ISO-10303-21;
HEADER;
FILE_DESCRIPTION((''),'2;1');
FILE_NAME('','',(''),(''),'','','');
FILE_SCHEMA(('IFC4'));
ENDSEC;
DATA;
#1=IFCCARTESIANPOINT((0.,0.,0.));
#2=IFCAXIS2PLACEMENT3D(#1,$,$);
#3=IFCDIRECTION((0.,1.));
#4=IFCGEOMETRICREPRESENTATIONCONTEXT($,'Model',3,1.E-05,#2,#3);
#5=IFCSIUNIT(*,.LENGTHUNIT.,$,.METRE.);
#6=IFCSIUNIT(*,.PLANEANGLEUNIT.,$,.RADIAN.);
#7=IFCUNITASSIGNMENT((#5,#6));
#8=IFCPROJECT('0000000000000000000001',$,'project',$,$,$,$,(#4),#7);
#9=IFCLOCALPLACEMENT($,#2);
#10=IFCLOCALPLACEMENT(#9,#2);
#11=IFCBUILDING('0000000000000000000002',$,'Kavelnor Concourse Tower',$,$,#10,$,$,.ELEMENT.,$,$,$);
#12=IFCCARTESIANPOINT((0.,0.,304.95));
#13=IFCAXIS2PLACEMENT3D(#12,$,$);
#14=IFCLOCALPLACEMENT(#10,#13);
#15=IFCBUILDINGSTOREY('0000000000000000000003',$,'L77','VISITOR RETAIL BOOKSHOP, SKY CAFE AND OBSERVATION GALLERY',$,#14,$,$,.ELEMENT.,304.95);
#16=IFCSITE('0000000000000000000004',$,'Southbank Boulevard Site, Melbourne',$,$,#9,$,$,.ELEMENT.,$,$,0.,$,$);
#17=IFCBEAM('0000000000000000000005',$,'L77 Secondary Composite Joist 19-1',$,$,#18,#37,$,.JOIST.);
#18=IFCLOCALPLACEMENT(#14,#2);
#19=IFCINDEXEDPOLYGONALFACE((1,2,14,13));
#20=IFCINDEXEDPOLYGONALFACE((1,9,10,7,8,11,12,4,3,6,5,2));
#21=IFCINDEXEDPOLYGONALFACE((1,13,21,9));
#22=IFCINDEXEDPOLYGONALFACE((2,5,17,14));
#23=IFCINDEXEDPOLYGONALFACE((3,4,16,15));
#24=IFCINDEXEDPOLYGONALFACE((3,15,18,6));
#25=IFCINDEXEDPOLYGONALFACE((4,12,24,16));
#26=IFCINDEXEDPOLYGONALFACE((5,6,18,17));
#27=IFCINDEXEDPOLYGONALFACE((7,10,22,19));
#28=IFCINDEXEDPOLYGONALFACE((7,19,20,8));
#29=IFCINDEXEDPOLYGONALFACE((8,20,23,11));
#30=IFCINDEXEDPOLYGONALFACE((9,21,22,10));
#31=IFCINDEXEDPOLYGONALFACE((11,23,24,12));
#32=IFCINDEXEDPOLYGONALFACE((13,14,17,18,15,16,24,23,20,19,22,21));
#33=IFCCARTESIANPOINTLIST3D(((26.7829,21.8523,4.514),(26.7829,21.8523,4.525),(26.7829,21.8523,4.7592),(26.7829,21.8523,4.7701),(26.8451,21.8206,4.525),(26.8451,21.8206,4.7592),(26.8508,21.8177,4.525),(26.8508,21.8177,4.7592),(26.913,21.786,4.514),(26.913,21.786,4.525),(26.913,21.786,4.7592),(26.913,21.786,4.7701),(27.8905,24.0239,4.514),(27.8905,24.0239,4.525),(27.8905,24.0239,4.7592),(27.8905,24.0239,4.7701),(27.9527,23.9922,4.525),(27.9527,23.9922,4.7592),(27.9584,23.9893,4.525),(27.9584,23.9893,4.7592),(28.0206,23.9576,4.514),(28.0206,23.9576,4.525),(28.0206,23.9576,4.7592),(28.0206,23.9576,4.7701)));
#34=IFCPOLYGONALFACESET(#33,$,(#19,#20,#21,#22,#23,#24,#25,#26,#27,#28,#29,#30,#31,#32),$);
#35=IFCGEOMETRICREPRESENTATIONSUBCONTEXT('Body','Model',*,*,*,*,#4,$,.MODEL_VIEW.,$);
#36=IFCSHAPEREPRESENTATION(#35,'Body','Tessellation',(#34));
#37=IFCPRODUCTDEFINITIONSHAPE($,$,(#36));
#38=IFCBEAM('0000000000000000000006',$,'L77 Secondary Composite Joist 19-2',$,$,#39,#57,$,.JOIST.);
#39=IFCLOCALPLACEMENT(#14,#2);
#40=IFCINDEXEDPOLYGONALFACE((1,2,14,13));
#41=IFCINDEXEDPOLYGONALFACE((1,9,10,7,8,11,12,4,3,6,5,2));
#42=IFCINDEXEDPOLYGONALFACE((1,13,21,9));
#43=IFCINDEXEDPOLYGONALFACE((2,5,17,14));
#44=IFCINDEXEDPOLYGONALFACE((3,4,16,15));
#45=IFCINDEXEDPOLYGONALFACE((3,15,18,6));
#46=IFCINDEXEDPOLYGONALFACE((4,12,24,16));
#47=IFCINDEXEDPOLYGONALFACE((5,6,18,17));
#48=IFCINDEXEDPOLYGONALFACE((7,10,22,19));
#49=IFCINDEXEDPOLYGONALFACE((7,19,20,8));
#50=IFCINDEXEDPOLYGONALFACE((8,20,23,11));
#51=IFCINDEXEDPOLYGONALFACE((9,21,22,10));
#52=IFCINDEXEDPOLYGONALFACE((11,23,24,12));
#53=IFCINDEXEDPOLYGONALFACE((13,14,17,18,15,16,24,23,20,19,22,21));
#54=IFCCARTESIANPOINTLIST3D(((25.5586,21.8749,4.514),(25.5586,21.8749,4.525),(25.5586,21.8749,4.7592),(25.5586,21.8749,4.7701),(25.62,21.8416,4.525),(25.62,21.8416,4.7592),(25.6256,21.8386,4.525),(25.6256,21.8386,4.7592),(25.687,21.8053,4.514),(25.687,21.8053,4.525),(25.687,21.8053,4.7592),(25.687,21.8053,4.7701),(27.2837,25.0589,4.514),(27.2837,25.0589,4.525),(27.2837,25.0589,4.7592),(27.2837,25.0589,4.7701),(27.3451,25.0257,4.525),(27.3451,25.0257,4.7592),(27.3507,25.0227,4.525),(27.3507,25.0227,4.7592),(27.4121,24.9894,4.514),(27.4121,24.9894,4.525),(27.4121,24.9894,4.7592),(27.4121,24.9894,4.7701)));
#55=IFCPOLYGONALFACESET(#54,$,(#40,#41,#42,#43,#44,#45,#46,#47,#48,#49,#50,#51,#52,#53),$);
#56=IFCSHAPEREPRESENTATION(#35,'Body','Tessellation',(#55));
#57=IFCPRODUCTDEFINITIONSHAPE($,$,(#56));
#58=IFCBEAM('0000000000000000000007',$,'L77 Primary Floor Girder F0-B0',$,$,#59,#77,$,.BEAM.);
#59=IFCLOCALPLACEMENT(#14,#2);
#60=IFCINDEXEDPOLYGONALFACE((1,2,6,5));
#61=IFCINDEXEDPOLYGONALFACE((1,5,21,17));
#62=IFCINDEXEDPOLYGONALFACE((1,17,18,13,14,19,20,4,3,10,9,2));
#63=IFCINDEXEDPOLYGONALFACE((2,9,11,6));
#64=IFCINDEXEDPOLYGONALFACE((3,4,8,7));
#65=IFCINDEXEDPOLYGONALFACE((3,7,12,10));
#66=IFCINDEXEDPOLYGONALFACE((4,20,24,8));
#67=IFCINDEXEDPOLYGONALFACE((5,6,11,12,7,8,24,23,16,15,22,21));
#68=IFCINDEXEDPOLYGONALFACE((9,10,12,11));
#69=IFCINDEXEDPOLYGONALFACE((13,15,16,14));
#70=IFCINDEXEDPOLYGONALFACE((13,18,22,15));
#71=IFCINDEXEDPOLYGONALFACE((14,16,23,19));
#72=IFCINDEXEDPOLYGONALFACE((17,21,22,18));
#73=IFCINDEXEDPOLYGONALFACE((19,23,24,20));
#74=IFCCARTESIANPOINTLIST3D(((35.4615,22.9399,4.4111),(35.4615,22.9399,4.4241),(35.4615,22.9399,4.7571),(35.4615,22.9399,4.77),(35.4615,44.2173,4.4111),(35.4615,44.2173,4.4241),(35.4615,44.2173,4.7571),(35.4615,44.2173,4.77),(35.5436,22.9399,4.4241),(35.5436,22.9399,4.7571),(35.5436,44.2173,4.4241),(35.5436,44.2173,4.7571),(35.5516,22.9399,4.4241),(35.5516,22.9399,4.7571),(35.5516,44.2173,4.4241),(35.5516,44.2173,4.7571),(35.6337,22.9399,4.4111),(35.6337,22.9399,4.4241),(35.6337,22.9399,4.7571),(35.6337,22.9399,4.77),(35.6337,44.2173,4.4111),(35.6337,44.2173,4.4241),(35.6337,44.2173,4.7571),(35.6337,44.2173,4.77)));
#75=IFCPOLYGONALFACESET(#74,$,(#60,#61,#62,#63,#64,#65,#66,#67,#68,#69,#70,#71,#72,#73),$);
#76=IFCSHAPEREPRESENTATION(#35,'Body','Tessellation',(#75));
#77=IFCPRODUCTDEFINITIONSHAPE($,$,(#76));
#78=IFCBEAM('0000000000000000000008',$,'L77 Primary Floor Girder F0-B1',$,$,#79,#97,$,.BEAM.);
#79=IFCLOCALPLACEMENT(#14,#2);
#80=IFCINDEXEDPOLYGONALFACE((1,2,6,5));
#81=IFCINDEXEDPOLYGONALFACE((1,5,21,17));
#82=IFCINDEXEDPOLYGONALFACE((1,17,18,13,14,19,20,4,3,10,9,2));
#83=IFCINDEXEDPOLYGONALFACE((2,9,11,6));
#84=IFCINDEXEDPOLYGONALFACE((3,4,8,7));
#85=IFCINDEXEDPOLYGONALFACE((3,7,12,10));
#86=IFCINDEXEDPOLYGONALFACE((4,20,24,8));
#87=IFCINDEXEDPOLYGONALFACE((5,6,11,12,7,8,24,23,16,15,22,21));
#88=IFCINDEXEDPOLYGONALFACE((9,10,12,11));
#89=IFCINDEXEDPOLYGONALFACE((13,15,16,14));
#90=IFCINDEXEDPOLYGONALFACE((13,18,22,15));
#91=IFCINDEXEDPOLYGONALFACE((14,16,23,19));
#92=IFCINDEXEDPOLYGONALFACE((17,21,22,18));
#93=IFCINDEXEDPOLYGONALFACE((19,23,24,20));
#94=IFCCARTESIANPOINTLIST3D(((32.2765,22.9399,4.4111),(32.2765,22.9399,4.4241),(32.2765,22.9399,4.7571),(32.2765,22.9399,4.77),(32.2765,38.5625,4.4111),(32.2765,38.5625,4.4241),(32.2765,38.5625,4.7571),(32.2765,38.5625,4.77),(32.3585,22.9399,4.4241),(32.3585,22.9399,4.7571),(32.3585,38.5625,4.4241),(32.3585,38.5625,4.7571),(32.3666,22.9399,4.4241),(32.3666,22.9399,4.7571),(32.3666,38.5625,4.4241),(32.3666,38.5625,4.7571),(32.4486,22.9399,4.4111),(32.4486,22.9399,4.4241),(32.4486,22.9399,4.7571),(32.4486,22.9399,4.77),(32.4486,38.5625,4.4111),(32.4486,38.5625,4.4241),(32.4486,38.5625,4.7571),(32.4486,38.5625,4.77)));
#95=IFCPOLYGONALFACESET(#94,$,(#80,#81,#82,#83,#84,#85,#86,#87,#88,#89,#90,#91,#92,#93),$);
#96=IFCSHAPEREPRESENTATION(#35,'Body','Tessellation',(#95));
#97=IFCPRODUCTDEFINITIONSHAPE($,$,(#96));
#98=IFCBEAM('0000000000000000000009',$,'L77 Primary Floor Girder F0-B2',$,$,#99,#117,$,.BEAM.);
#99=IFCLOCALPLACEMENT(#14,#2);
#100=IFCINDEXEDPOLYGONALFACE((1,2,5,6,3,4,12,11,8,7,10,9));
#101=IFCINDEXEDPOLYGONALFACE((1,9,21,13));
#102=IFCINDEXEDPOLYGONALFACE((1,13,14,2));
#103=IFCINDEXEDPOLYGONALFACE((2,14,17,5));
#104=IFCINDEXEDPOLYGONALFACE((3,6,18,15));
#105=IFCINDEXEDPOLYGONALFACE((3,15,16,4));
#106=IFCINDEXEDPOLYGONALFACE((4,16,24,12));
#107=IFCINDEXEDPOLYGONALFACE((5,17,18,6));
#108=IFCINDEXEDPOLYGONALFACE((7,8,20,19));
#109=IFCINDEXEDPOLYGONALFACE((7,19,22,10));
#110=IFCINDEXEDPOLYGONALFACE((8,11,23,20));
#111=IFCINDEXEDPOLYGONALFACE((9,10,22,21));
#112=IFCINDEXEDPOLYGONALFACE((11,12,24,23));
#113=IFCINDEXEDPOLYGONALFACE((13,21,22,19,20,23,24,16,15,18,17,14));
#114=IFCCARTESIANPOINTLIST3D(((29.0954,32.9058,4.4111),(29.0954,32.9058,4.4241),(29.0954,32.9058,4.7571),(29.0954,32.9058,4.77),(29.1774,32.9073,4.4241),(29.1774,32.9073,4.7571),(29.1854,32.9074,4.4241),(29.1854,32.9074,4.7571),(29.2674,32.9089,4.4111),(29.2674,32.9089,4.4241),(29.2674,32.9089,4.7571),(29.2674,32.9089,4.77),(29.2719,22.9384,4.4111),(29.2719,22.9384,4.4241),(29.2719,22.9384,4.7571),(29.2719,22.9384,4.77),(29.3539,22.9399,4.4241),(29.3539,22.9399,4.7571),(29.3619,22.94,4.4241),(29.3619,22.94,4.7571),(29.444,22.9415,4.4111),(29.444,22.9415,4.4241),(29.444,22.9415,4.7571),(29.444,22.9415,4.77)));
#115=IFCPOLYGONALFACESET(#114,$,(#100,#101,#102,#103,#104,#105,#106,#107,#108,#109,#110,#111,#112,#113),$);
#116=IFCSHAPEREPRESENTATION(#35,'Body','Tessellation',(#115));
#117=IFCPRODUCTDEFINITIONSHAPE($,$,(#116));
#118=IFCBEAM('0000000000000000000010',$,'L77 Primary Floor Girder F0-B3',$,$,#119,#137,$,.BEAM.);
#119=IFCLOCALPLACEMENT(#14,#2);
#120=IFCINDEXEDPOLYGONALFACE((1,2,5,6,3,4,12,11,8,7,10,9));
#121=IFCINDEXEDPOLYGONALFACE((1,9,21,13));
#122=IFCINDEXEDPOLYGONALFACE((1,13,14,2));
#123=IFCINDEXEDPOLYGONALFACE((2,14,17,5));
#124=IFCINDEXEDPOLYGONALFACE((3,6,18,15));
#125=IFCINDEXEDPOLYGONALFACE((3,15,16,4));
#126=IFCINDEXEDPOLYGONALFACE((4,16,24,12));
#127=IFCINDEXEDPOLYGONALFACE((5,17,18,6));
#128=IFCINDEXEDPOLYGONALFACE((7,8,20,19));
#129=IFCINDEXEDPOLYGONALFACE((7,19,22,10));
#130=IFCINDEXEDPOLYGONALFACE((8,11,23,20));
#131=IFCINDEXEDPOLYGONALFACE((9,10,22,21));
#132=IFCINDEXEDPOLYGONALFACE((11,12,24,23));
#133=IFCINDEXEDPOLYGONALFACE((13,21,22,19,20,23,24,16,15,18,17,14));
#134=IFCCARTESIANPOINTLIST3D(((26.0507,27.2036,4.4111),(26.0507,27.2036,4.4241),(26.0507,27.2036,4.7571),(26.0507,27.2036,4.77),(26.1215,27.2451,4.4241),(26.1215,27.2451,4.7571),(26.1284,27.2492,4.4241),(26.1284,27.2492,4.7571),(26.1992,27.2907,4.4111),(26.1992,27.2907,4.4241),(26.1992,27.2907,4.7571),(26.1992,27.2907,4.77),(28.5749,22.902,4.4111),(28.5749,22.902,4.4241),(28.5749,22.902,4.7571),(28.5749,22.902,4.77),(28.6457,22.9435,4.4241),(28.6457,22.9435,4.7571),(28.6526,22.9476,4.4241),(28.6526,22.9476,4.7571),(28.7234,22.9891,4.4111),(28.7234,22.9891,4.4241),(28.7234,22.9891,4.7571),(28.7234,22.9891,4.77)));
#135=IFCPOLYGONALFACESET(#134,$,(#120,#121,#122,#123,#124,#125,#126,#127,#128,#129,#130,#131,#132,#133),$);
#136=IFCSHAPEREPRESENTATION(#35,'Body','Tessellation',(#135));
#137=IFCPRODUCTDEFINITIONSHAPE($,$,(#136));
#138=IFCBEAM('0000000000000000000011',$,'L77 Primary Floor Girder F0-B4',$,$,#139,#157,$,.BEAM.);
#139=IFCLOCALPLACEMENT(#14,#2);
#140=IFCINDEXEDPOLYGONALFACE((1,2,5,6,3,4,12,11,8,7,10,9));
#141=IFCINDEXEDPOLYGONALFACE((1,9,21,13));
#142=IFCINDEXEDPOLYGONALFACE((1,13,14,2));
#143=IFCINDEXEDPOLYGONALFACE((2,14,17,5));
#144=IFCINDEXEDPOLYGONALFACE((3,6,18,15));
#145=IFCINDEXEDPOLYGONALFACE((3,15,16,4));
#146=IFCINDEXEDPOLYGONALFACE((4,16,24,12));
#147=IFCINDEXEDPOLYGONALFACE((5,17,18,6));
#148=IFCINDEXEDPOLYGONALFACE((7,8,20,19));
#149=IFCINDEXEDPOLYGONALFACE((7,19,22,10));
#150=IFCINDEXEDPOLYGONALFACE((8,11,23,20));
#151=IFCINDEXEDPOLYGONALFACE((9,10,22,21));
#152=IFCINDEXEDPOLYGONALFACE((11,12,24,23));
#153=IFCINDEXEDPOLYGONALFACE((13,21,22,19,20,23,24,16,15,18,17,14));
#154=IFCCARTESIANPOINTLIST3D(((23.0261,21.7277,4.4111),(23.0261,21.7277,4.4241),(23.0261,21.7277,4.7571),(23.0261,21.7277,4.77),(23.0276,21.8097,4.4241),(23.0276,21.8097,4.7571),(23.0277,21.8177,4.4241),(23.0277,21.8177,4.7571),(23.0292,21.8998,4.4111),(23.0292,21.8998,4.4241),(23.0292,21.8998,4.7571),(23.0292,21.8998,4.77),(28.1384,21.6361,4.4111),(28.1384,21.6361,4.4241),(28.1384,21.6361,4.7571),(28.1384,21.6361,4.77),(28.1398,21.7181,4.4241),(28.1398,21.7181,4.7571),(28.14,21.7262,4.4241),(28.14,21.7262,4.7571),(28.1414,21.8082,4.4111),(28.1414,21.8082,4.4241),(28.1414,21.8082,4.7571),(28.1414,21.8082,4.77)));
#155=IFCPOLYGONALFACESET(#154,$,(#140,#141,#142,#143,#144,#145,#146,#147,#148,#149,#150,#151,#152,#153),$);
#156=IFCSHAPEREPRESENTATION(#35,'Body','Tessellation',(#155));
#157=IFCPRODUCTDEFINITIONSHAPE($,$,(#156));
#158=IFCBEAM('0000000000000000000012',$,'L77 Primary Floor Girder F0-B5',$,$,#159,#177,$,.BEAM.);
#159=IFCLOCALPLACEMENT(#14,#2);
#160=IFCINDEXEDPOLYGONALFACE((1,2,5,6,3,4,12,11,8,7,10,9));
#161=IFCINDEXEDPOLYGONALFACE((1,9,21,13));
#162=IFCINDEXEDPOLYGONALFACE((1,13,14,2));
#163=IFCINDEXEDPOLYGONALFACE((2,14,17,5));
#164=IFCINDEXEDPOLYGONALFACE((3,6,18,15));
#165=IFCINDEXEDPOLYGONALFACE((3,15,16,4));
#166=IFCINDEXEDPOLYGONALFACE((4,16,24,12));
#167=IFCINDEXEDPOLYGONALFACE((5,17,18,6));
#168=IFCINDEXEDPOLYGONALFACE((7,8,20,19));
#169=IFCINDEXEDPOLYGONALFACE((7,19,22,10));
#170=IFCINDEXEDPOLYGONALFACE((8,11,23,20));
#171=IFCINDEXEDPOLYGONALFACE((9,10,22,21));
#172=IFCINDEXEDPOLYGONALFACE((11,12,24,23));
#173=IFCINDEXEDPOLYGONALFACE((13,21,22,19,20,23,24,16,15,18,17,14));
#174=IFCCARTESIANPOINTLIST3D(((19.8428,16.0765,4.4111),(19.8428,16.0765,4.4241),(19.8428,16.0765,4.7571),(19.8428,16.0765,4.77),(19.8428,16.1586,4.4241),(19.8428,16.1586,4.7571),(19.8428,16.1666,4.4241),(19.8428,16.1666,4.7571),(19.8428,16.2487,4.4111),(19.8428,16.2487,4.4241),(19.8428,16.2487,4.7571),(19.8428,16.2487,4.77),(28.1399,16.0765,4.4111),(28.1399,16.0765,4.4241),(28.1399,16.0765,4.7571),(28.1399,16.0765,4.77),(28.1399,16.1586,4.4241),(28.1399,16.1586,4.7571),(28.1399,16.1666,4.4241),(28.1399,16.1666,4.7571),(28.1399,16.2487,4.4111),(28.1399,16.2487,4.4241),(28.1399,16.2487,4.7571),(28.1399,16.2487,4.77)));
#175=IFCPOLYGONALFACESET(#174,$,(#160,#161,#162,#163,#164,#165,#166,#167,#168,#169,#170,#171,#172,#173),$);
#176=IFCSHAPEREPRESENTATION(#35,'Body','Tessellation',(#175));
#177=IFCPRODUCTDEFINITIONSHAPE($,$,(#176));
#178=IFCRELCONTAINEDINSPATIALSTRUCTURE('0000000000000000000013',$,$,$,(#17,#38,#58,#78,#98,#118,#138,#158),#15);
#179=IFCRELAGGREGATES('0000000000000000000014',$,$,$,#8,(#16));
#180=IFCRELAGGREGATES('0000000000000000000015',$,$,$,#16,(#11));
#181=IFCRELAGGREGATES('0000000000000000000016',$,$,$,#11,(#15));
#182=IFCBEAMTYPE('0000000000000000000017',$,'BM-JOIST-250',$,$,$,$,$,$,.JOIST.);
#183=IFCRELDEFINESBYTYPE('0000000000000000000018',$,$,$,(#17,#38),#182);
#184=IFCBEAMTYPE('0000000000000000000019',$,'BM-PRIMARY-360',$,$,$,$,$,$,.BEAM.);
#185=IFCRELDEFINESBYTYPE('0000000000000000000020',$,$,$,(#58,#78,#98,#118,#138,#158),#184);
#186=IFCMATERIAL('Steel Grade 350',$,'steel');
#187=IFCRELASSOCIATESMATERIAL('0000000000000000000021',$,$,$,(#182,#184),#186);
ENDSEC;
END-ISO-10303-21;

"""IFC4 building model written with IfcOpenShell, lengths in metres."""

from ifc_helpers import new_model, si_unit, direction, frame, origin, origin_2d, place, context, subcontext, project, spatial, i_section, extrude, material, material_profile, profile_set, type_object, element, save


model = new_model("IFC4")

# Units and contexts
model_context = context("Model", 3, precision=1e-05, world=origin(), true_north=direction((0.0, 1.0)))
body_context = subcontext(model_context, "Body", "Model", "MODEL_VIEW")
ifc_project = project(units=[si_unit("LENGTHUNIT", "METRE"), si_unit("PLANEANGLEUNIT", "RADIAN")], contexts=[model_context])

# Site, building, storey
site_placement = place(None, origin())
site = spatial("IfcSite", under=ifc_project, at=site_placement, Name="Southbank Boulevard Site, Melbourne", CompositionType="ELEMENT", RefElevation=0.0)
building_placement = place(site_placement, origin())
building = spatial("IfcBuilding", under=site, at=building_placement, Name="Kavelnor Concourse Tower", CompositionType="ELEMENT")
storey_placement = place(building_placement, frame((0.0, 0.0, 304.95)))
storey = spatial("IfcBuildingStorey", under=building, at=storey_placement, Name="L77", Description="VISITOR RETAIL BOOKSHOP, SKY CAFE AND OBSERVATION GALLERY", CompositionType="ELEMENT", Elevation=304.95)

# Beams
ifc_material_1 = material(Name="Steel Grade 350", Category="steel")
ifc_material_profile_1 = material_profile(ifc_material_1, i_section(OverallWidth=0.146, OverallDepth=0.2561, WebThickness=0.0063, FlangeThickness=0.011, at=origin_2d()), Name="250UB37")
ifc_profile_set_1 = profile_set([ifc_material_profile_1], Name="Steel Grade 350")
beam_type_1 = type_object("IfcBeamType", Name="BM-JOIST-250", PredefinedType="JOIST", material=ifc_profile_set_1)
beam_1_placement = place(storey_placement, frame((27.9556, 23.9907, 4.6421), z_axis=(-0.45437, -0.890813, 0.0), x_axis=(0.890813, -0.45437, 0.0)))
element("IfcBeam", 1, at=beam_1_placement, inside=storey, type_object=beam_type_1, Name="L77 Secondary Composite Joist 19-1", PredefinedType="JOIST", context=body_context, shape_type="SweptSolid", body=[
    extrude(i_section(OverallWidth=0.146, OverallDepth=0.2561, WebThickness=0.0063, FlangeThickness=0.011, at=origin_2d()), origin(), (0.0, 0.0, 1.0), 2.4377),
])
beam_2_placement = place(storey_placement, frame((27.3479, 25.0242, 4.6421), z_axis=(-0.476366, -0.879247, 0.0), x_axis=(0.879247, -0.476366, 0.0)))
element("IfcBeam", 2, at=beam_2_placement, inside=storey, type_object=beam_type_1, Name="L77 Secondary Composite Joist 19-2", PredefinedType="JOIST", context=body_context, shape_type="SweptSolid", body=[
    extrude(i_section(OverallWidth=0.146, OverallDepth=0.2561, WebThickness=0.0063, FlangeThickness=0.011, at=origin_2d()), origin(), (0.0, 0.0, 1.0), 3.6213),
])
ifc_material_profile_2 = material_profile(ifc_material_1, i_section(OverallWidth=0.1721, OverallDepth=0.3589, WebThickness=0.0081, FlangeThickness=0.0129, at=origin_2d()), Name="360UB56")
ifc_profile_set_2 = profile_set([ifc_material_profile_2], Name="Steel Grade 350")
beam_type_2 = type_object("IfcBeamType", Name="BM-PRIMARY-360", PredefinedType="BEAM", material=ifc_profile_set_2)
beam_3_placement = place(storey_placement, frame((35.5476, 22.9399, 4.5906), z_axis=(0.0, 1.0, 0.0), x_axis=(-1.0, 0.0, 0.0)))
element("IfcBeam", 3, at=beam_3_placement, inside=storey, type_object=beam_type_2, Name="L77 Primary Floor Girder F0-B0", PredefinedType="BEAM", context=body_context, shape_type="SweptSolid", body=[
    extrude(i_section(OverallWidth=0.1721, OverallDepth=0.3589, WebThickness=0.0081, FlangeThickness=0.0129, at=origin_2d()), origin(), (0.0, 0.0, 1.0), 21.2773),
])
beam_4_placement = place(storey_placement, frame((32.3625, 22.9399, 4.5906), z_axis=(0.0, 1.0, 0.0), x_axis=(-1.0, 0.0, 0.0)))
element("IfcBeam", 4, at=beam_4_placement, inside=storey, type_object=beam_type_2, Name="L77 Primary Floor Girder F0-B1", PredefinedType="BEAM", context=body_context, shape_type="SweptSolid", body=[
    extrude(i_section(OverallWidth=0.1721, OverallDepth=0.3589, WebThickness=0.0081, FlangeThickness=0.0129, at=origin_2d()), origin(), (0.0, 0.0, 1.0), 15.6226),
])
beam_5_placement = place(storey_placement, frame((29.3579, 22.9399, 4.5906), z_axis=(-0.017706, 0.999843, 0.0), x_axis=(-0.999843, -0.017706, 0.0)))
element("IfcBeam", 5, at=beam_5_placement, inside=storey, type_object=beam_type_2, Name="L77 Primary Floor Girder F0-B2", PredefinedType="BEAM", context=body_context, shape_type="SweptSolid", body=[
    extrude(i_section(OverallWidth=0.1721, OverallDepth=0.3589, WebThickness=0.0081, FlangeThickness=0.0129, at=origin_2d()), origin(), (0.0, 0.0, 1.0), 9.969),
])
beam_6_placement = place(storey_placement, frame((28.6492, 22.9456, 4.5906), z_axis=(-0.506106, 0.862471, 0.0), x_axis=(-0.862471, -0.506106, 0.0)))
element("IfcBeam", 6, at=beam_6_placement, inside=storey, type_object=beam_type_2, Name="L77 Primary Floor Girder F0-B3", PredefinedType="BEAM", context=body_context, shape_type="SweptSolid", body=[
    extrude(i_section(OverallWidth=0.1721, OverallDepth=0.3589, WebThickness=0.0081, FlangeThickness=0.0129, at=origin_2d()), origin(), (0.0, 0.0, 1.0), 4.9875),
])
beam_7_placement = place(storey_placement, frame((28.1399, 21.7222, 4.5906), z_axis=(-0.99984, 0.017905, 0.0), x_axis=(-0.017905, -0.99984, 0.0)))
element("IfcBeam", 7, at=beam_7_placement, inside=storey, type_object=beam_type_2, Name="L77 Primary Floor Girder F0-B4", PredefinedType="BEAM", context=body_context, shape_type="SweptSolid", body=[
    extrude(i_section(OverallWidth=0.1721, OverallDepth=0.3589, WebThickness=0.0081, FlangeThickness=0.0129, at=origin_2d()), origin(), (0.0, 0.0, 1.0), 5.113),
])
beam_8_placement = place(storey_placement, frame((28.1399, 16.1626, 4.5906), z_axis=(-1.0, 0.0, 0.0), x_axis=(0.0, -1.0, 0.0)))
element("IfcBeam", 8, at=beam_8_placement, inside=storey, type_object=beam_type_2, Name="L77 Primary Floor Girder F0-B5", PredefinedType="BEAM", context=body_context, shape_type="SweptSolid", body=[
    extrude(i_section(OverallWidth=0.1721, OverallDepth=0.3589, WebThickness=0.0081, FlangeThickness=0.0129, at=origin_2d()), origin(), (0.0, 0.0, 1.0), 8.2971),
])

save(model, "model.ifc")
